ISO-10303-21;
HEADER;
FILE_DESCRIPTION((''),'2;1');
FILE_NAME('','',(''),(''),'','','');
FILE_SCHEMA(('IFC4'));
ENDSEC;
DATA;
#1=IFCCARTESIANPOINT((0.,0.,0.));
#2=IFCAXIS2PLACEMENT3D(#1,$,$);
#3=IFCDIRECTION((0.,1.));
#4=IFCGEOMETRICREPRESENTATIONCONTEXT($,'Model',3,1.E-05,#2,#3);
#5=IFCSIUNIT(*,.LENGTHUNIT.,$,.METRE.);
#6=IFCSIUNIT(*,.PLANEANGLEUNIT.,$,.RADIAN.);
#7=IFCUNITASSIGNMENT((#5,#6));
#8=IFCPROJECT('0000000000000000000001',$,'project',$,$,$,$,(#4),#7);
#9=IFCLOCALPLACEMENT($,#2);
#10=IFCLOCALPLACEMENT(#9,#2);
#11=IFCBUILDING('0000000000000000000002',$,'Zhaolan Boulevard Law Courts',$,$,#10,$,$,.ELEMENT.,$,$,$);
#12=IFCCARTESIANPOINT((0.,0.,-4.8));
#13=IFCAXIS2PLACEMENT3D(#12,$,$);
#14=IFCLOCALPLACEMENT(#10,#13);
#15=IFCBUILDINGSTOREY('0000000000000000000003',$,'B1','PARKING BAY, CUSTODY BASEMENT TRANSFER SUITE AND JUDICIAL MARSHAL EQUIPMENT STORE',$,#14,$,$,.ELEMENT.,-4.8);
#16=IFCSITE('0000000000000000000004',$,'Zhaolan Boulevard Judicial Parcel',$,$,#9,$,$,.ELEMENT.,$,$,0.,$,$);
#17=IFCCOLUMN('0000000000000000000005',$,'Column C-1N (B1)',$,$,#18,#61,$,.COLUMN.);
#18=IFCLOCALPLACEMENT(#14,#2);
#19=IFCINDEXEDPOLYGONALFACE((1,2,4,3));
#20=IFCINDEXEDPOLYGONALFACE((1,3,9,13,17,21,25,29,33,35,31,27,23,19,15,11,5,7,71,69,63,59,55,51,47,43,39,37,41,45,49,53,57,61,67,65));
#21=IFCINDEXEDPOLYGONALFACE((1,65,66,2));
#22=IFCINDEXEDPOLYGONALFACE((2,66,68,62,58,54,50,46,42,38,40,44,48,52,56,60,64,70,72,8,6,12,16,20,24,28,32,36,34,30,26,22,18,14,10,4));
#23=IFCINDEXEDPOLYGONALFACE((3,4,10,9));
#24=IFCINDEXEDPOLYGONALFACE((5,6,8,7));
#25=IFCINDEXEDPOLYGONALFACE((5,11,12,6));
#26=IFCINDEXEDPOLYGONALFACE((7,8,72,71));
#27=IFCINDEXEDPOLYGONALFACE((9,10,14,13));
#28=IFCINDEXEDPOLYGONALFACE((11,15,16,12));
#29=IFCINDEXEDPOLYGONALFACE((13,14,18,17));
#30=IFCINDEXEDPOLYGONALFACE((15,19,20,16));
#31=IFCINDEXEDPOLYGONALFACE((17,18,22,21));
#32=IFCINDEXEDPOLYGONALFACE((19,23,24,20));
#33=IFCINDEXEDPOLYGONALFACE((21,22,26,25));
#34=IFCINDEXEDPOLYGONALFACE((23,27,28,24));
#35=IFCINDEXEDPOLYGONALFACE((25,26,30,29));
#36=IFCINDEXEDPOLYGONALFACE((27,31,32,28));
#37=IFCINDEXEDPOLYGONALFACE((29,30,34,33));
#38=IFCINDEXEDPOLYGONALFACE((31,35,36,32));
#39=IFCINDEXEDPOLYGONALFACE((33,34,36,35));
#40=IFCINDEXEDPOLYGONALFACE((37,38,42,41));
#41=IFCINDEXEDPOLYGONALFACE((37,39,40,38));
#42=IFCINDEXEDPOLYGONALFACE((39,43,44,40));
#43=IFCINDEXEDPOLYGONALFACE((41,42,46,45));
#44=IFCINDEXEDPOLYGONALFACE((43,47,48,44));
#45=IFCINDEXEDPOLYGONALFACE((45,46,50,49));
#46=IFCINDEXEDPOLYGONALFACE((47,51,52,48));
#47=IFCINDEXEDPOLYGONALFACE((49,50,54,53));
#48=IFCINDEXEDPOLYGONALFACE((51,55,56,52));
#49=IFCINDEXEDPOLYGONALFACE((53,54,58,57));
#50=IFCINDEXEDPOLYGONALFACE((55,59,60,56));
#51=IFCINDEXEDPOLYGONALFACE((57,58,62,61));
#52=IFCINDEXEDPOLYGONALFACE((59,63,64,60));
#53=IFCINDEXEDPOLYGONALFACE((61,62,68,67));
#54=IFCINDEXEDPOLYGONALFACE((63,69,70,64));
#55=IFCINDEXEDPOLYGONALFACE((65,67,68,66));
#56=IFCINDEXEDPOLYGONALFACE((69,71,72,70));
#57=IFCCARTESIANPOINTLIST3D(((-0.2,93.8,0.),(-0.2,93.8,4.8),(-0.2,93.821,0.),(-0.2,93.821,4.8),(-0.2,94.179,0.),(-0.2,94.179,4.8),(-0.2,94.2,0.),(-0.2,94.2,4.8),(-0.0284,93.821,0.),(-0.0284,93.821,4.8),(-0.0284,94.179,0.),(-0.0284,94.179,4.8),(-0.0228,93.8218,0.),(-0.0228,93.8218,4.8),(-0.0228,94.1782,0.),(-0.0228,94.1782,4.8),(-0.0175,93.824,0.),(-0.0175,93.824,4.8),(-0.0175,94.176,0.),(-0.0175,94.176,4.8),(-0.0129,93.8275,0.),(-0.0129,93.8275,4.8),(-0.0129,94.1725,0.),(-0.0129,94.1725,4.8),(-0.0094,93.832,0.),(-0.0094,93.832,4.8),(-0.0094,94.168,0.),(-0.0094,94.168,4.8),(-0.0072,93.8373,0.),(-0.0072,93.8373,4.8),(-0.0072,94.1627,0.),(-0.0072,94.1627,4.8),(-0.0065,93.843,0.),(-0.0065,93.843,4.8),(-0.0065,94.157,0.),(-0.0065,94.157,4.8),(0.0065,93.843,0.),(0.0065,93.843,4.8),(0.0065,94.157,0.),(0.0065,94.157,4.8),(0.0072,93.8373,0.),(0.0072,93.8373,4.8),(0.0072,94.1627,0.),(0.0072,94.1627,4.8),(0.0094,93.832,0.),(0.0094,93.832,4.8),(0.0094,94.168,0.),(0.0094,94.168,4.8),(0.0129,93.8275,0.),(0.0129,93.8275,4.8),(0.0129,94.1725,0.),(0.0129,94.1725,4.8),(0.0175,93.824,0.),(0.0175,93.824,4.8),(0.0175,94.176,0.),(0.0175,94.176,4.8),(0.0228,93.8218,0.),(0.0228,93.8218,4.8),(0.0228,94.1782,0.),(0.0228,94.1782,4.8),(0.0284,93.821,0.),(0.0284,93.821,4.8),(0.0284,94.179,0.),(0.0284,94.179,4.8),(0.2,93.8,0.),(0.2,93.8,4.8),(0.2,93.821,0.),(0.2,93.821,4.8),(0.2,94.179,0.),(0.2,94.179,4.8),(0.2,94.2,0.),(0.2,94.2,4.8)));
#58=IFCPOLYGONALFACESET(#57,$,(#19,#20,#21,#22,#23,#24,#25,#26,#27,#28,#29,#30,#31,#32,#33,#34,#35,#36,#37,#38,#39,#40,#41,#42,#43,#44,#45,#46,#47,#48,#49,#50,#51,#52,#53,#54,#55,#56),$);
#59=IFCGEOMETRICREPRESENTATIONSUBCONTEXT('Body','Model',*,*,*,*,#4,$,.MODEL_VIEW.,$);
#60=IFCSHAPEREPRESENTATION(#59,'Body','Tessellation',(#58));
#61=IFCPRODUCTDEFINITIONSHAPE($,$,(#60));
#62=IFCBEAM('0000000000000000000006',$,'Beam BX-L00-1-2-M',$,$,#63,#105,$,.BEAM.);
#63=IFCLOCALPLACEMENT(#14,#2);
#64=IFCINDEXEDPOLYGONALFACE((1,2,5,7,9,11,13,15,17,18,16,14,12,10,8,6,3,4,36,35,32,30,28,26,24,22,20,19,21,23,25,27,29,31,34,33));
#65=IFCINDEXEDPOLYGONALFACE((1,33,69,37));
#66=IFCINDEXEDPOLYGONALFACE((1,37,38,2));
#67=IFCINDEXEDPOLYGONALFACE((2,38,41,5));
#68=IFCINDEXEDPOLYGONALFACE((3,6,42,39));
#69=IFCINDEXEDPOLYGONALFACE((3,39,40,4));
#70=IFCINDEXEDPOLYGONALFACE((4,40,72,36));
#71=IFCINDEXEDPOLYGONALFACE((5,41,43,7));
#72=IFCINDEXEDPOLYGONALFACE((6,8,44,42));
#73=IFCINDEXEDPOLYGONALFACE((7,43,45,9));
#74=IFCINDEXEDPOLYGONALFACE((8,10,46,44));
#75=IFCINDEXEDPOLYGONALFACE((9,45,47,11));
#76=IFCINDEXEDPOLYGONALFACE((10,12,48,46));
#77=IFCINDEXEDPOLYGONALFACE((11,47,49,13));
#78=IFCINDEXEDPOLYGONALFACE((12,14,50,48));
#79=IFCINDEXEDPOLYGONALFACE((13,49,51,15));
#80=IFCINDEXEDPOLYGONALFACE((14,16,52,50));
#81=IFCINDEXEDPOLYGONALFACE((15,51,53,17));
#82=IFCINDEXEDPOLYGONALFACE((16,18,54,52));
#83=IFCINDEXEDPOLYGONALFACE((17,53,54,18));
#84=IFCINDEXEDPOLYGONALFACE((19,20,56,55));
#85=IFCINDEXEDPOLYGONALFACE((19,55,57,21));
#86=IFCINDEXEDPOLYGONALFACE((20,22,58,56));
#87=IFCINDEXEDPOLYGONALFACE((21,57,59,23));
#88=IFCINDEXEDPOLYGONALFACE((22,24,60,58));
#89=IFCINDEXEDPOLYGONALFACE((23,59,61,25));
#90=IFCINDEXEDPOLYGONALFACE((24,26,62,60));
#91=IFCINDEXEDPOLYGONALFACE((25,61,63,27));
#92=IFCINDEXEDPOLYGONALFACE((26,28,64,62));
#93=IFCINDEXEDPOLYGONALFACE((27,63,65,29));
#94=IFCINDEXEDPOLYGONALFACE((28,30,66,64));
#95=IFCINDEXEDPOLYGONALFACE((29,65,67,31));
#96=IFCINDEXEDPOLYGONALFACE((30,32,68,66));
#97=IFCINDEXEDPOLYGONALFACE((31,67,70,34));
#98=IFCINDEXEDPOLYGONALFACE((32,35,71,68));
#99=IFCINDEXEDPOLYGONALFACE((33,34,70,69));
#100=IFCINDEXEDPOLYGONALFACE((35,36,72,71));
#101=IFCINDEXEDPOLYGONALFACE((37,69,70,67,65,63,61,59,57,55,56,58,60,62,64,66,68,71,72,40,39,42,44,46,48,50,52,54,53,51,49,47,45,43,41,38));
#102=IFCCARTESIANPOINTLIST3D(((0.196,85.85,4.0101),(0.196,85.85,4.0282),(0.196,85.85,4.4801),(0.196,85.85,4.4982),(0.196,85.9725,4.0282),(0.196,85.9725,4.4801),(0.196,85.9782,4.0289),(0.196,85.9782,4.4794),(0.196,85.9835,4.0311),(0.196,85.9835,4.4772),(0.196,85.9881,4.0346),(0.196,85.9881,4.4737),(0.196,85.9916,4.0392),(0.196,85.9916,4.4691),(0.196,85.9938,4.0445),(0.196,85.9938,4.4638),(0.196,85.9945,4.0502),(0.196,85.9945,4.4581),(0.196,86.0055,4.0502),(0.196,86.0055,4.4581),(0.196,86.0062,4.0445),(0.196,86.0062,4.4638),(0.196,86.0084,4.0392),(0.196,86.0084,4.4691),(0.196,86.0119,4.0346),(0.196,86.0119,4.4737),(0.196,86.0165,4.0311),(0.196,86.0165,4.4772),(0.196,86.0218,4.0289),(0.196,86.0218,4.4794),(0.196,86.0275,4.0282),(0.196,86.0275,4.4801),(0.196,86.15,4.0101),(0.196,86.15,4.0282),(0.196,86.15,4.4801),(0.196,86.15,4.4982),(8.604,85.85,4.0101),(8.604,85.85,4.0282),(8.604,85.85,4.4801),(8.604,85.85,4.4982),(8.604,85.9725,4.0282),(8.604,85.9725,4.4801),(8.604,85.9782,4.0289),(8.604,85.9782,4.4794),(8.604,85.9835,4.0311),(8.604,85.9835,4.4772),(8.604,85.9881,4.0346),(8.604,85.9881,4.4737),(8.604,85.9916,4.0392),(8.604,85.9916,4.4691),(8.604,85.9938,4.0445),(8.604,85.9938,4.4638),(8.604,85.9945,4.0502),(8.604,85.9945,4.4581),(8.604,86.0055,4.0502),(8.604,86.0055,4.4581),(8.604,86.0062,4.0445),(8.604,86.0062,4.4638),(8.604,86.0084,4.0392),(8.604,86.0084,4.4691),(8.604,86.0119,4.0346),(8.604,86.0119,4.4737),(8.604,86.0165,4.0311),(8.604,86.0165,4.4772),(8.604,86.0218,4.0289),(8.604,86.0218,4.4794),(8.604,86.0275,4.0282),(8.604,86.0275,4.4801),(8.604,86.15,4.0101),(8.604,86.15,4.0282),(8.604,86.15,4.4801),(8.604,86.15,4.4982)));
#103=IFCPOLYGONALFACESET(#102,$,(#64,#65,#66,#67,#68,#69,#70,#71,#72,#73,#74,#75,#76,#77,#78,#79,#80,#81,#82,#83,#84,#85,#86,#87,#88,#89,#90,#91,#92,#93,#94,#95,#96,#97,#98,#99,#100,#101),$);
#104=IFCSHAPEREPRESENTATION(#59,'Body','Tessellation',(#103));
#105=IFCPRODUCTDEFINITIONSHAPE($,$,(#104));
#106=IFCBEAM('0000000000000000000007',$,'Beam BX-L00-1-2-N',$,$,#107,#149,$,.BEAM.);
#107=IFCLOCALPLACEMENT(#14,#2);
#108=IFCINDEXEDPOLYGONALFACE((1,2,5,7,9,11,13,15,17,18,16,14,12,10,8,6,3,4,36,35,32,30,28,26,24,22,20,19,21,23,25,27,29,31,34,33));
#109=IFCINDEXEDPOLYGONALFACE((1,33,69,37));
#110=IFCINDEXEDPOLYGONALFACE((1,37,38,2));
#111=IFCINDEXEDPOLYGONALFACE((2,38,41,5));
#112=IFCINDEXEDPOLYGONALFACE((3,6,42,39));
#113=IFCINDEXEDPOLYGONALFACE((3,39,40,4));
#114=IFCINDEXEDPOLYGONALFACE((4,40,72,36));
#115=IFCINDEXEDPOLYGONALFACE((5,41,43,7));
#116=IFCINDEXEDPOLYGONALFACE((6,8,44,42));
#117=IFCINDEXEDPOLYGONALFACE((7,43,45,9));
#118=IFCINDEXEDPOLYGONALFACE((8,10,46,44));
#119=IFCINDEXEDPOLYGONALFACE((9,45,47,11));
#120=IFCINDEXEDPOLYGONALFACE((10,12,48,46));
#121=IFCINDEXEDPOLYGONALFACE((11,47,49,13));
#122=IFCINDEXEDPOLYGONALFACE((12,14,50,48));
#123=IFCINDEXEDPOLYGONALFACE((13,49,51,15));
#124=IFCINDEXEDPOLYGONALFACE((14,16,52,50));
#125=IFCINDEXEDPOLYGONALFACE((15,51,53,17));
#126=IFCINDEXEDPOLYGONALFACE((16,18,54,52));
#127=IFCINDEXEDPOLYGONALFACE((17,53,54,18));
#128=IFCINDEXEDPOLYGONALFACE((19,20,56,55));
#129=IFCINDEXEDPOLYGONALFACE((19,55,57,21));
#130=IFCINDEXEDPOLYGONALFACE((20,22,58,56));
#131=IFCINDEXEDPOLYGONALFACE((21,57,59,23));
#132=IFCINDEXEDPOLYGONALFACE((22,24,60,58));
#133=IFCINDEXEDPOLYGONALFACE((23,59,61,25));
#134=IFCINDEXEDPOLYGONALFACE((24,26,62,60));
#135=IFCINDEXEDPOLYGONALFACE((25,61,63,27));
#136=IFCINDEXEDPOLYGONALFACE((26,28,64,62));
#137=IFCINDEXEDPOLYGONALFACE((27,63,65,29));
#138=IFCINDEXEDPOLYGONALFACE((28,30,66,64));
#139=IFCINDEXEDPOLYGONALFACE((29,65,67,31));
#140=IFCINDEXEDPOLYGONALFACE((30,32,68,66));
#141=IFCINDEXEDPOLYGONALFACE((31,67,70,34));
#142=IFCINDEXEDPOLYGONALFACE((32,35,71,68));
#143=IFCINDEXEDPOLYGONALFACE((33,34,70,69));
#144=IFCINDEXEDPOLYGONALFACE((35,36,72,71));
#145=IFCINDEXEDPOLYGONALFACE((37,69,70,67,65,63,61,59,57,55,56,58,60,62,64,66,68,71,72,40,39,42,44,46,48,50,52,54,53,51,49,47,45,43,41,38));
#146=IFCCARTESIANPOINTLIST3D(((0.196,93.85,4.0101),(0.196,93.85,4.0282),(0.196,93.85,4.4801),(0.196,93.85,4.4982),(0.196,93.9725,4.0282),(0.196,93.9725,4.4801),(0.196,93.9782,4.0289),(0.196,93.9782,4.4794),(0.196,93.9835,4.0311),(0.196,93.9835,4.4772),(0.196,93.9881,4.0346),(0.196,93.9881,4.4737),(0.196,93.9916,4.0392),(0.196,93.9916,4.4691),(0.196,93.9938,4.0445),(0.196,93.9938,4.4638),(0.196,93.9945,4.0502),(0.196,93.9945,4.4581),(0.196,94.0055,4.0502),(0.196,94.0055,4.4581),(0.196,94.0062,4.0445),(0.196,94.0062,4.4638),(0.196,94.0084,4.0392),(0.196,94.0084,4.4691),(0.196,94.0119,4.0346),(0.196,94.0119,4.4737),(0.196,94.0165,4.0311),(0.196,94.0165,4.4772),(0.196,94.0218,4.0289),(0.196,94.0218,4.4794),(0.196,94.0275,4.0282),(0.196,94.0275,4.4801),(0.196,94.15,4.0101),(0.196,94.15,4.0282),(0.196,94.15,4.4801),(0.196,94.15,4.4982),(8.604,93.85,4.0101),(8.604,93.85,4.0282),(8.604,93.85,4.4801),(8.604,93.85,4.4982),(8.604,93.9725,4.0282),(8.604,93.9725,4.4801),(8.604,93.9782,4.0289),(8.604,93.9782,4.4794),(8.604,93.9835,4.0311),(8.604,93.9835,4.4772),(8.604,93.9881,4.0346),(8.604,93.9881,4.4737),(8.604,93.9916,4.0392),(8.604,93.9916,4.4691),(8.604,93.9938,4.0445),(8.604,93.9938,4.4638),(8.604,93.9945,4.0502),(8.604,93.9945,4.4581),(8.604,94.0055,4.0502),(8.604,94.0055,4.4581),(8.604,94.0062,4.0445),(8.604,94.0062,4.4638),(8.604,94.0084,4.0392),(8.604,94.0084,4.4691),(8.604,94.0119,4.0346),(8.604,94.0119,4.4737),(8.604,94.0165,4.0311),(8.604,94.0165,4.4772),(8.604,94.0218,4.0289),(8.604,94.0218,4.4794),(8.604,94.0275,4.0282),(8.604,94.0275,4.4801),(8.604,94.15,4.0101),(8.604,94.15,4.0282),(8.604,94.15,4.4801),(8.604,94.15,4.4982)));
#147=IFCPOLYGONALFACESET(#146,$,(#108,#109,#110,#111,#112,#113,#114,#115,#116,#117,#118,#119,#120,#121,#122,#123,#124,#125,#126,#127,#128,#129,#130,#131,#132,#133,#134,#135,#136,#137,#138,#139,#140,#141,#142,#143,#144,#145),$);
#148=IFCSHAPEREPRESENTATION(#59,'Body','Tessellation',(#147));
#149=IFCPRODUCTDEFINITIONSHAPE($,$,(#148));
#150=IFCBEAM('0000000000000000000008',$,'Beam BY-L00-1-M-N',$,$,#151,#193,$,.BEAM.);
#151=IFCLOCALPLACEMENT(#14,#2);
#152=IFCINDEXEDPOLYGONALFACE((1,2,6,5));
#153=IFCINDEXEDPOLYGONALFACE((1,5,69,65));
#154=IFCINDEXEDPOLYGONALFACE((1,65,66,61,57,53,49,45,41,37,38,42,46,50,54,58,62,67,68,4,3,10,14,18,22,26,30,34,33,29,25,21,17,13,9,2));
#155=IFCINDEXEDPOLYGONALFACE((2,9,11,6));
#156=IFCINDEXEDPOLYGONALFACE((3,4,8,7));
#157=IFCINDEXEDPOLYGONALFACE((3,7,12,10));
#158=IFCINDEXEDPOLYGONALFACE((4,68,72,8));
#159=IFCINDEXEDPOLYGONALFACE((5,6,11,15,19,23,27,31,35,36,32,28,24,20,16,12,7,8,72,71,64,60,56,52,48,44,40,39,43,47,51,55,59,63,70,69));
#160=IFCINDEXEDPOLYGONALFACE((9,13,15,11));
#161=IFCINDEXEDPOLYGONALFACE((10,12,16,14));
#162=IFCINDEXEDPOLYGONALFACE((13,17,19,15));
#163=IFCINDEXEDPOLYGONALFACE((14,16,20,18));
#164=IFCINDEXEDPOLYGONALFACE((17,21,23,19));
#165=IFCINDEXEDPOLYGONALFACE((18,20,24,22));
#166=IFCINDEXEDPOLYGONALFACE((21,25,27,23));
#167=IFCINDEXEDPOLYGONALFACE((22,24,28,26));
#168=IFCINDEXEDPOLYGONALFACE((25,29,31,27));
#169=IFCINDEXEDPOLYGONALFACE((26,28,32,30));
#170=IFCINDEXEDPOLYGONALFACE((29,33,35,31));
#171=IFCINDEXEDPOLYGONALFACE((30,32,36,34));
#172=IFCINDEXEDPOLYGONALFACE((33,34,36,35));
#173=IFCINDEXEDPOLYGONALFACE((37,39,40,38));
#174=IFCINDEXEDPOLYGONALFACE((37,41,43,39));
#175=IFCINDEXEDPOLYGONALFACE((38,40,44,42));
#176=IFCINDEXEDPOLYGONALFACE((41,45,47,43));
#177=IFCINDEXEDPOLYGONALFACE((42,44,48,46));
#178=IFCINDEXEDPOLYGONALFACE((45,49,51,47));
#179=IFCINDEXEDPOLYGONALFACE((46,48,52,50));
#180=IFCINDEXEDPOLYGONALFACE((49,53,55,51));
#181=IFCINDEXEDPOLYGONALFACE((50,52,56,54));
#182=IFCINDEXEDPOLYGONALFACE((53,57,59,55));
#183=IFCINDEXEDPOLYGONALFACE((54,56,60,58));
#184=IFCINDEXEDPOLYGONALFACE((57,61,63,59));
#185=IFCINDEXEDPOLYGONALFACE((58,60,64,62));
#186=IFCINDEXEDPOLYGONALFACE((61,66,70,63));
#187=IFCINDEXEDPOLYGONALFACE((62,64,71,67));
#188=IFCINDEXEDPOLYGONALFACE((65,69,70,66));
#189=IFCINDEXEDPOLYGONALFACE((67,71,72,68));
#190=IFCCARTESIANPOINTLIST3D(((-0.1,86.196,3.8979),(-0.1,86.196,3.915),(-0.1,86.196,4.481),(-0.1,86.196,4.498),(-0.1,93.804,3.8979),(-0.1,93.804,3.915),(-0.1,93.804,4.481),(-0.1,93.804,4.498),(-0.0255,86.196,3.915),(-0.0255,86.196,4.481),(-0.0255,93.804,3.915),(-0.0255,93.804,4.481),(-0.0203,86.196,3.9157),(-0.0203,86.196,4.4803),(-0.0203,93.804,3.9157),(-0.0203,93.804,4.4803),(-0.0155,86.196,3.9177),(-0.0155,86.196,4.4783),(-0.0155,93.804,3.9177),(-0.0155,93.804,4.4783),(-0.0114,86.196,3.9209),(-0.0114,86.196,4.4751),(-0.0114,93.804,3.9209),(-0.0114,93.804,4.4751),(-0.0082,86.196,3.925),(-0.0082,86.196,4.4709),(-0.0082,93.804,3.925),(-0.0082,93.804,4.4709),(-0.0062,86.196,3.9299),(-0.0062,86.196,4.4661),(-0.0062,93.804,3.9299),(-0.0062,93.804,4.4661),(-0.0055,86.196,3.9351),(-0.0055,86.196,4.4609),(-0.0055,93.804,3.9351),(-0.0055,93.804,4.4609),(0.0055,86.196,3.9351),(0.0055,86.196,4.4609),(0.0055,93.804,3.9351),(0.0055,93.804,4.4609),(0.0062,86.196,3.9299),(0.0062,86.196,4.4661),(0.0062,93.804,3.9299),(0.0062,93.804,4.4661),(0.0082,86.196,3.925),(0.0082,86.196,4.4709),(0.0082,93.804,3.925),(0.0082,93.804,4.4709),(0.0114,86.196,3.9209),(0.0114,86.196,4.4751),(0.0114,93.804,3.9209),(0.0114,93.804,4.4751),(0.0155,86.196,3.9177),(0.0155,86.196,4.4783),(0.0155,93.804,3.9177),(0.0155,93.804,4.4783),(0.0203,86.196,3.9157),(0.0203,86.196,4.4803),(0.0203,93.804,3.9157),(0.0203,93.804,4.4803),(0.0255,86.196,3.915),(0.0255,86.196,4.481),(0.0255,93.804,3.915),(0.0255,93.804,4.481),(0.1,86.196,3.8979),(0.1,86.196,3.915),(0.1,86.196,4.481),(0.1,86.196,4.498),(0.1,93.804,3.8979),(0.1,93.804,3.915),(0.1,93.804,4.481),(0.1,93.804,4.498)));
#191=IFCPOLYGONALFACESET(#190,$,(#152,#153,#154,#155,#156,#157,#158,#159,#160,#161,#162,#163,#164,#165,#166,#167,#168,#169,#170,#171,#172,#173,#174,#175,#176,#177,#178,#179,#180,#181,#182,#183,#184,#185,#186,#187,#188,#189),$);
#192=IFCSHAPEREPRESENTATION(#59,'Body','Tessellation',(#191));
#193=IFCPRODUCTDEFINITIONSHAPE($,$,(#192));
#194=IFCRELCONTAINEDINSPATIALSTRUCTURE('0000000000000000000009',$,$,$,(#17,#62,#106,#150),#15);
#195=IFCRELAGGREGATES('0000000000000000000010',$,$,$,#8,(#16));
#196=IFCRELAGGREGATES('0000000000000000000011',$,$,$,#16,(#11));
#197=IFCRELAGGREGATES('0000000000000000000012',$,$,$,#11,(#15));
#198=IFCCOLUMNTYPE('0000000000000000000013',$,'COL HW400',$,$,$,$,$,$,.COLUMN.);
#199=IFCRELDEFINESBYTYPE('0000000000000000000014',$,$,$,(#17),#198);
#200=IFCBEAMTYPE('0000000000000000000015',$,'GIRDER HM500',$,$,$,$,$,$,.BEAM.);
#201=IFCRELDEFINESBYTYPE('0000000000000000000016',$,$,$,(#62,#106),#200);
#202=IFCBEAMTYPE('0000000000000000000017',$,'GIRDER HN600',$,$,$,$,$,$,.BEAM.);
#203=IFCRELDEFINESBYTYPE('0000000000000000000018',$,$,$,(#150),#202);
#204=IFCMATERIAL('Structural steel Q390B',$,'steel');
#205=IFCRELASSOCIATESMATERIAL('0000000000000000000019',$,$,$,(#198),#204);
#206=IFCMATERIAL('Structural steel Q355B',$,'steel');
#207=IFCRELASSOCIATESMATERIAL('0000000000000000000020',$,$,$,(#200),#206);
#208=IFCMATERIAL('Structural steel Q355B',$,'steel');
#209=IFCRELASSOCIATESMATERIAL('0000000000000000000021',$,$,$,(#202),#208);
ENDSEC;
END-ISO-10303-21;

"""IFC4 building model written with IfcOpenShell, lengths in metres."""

from ifc_helpers import new_model, si_unit, direction, frame, origin, origin_2d, place, context, subcontext, project, spatial, i_section, extrude, material, material_profile, profile_set, type_object, element, save


model = new_model("IFC4")

# Units and contexts
model_context = context("Model", 3, precision=1e-05, world=origin(), true_north=direction((0.0, 1.0)))
body_context = subcontext(model_context, "Body", "Model", "MODEL_VIEW")
ifc_project = project(units=[si_unit("LENGTHUNIT", "METRE"), si_unit("PLANEANGLEUNIT", "RADIAN")], contexts=[model_context])

# Site, building, storey
site_placement = place(None, origin())
site = spatial("IfcSite", under=ifc_project, at=site_placement, Name="Zhaolan Boulevard Judicial Parcel", CompositionType="ELEMENT", RefElevation=0.0)
building_placement = place(site_placement, origin())
building = spatial("IfcBuilding", under=site, at=building_placement, Name="Zhaolan Boulevard Law Courts", CompositionType="ELEMENT")
storey_placement = place(building_placement, frame((0.0, 0.0, -4.8)))
storey = spatial("IfcBuildingStorey", under=building, at=storey_placement, Name="B1", Description="PARKING BAY, CUSTODY BASEMENT TRANSFER SUITE AND JUDICIAL MARSHAL EQUIPMENT STORE", CompositionType="ELEMENT", Elevation=-4.8)

# Column
ifc_material_1 = material(Name="Structural steel Q390B", Category="steel")
ifc_material_profile_1 = material_profile(ifc_material_1, i_section(OverallWidth=0.3999, OverallDepth=0.3999, WebThickness=0.0129, FlangeThickness=0.021, FilletRadius=0.022, at=origin_2d()), Name="HW400x400")
ifc_profile_set_1 = profile_set([ifc_material_profile_1], Name="Structural steel Q390B")
column_type = type_object("IfcColumnType", Name="COL HW400", PredefinedType="COLUMN", material=ifc_profile_set_1)
for number, where, z_axis, x_axis, name in (
    (1, (0.0, 94.0, 0.0), (0.0, 0.0, 1.0), (1.0, 0.0, 0.0), "Column C-1N (B1)"),
):
    element("IfcColumn", number, at=place(storey_placement, frame(where, z_axis=z_axis, x_axis=x_axis)), inside=storey, type_object=column_type, Name=name, PredefinedType="COLUMN", context=body_context, shape_type="SweptSolid", body=[
        extrude(i_section(OverallWidth=0.3999, OverallDepth=0.3999, WebThickness=0.0129, FlangeThickness=0.021, FilletRadius=0.022, at=origin_2d()), origin(), (0.0, 0.0, 1.0), 4.8),
    ])

# Beams
ifc_material_2 = material(Name="Structural steel Q355B", Category="steel")
ifc_material_profile_2 = material_profile(ifc_material_2, i_section(OverallWidth=0.3, OverallDepth=0.488, WebThickness=0.011, FlangeThickness=0.0181, FilletRadius=0.022, at=origin_2d()), Name="HM488x300")
ifc_profile_set_2 = profile_set([ifc_material_profile_2], Name="Structural steel Q355B")
beam_type_1 = type_object("IfcBeamType", Name="GIRDER HM500", PredefinedType="BEAM", material=ifc_profile_set_2)
for number, where, z_axis, x_axis, name in (
    (2, (0.196, 86.0, 4.2542), (1.0, 0.0, 0.0), (0.0, 1.0, 0.0), "Beam BX-L00-1-2-M"),
    (3, (0.196, 94.0, 4.2542), (1.0, 0.0, 0.0), (0.0, 1.0, 0.0), "Beam BX-L00-1-2-N"),
):
    element("IfcBeam", number, at=place(storey_placement, frame(where, z_axis=z_axis, x_axis=x_axis)), inside=storey, type_object=beam_type_1, Name=name, PredefinedType="BEAM", context=body_context, shape_type="SweptSolid", body=[
        extrude(i_section(OverallWidth=0.3, OverallDepth=0.488, WebThickness=0.011, FlangeThickness=0.0181, FilletRadius=0.022, at=origin_2d()), origin(), (0.0, 0.0, 1.0), 8.408),
    ])
ifc_material_3 = material(Name="Structural steel Q355B", Category="steel")
ifc_material_profile_3 = material_profile(ifc_material_3, i_section(OverallWidth=0.2, OverallDepth=0.6001, WebThickness=0.011, FlangeThickness=0.0171, FilletRadius=0.02, at=origin_2d()), Name="HN600x200")
ifc_profile_set_3 = profile_set([ifc_material_profile_3], Name="Structural steel Q355B")
beam_type_2 = type_object("IfcBeamType", Name="GIRDER HN600", PredefinedType="BEAM", material=ifc_profile_set_3)
beam_1_placement = place(storey_placement, frame((0.0, 86.196, 4.198), z_axis=(0.0, 1.0, 0.0), x_axis=(-1.0, 0.0, 0.0)))
element("IfcBeam", 4, at=beam_1_placement, inside=storey, type_object=beam_type_2, Name="Beam BY-L00-1-M-N", PredefinedType="BEAM", context=body_context, shape_type="SweptSolid", body=[
    extrude(i_section(OverallWidth=0.2, OverallDepth=0.6001, WebThickness=0.011, FlangeThickness=0.0171, FilletRadius=0.02, at=origin_2d()), origin(), (0.0, 0.0, 1.0), 7.6079),
])

save(model, "model.ifc")
